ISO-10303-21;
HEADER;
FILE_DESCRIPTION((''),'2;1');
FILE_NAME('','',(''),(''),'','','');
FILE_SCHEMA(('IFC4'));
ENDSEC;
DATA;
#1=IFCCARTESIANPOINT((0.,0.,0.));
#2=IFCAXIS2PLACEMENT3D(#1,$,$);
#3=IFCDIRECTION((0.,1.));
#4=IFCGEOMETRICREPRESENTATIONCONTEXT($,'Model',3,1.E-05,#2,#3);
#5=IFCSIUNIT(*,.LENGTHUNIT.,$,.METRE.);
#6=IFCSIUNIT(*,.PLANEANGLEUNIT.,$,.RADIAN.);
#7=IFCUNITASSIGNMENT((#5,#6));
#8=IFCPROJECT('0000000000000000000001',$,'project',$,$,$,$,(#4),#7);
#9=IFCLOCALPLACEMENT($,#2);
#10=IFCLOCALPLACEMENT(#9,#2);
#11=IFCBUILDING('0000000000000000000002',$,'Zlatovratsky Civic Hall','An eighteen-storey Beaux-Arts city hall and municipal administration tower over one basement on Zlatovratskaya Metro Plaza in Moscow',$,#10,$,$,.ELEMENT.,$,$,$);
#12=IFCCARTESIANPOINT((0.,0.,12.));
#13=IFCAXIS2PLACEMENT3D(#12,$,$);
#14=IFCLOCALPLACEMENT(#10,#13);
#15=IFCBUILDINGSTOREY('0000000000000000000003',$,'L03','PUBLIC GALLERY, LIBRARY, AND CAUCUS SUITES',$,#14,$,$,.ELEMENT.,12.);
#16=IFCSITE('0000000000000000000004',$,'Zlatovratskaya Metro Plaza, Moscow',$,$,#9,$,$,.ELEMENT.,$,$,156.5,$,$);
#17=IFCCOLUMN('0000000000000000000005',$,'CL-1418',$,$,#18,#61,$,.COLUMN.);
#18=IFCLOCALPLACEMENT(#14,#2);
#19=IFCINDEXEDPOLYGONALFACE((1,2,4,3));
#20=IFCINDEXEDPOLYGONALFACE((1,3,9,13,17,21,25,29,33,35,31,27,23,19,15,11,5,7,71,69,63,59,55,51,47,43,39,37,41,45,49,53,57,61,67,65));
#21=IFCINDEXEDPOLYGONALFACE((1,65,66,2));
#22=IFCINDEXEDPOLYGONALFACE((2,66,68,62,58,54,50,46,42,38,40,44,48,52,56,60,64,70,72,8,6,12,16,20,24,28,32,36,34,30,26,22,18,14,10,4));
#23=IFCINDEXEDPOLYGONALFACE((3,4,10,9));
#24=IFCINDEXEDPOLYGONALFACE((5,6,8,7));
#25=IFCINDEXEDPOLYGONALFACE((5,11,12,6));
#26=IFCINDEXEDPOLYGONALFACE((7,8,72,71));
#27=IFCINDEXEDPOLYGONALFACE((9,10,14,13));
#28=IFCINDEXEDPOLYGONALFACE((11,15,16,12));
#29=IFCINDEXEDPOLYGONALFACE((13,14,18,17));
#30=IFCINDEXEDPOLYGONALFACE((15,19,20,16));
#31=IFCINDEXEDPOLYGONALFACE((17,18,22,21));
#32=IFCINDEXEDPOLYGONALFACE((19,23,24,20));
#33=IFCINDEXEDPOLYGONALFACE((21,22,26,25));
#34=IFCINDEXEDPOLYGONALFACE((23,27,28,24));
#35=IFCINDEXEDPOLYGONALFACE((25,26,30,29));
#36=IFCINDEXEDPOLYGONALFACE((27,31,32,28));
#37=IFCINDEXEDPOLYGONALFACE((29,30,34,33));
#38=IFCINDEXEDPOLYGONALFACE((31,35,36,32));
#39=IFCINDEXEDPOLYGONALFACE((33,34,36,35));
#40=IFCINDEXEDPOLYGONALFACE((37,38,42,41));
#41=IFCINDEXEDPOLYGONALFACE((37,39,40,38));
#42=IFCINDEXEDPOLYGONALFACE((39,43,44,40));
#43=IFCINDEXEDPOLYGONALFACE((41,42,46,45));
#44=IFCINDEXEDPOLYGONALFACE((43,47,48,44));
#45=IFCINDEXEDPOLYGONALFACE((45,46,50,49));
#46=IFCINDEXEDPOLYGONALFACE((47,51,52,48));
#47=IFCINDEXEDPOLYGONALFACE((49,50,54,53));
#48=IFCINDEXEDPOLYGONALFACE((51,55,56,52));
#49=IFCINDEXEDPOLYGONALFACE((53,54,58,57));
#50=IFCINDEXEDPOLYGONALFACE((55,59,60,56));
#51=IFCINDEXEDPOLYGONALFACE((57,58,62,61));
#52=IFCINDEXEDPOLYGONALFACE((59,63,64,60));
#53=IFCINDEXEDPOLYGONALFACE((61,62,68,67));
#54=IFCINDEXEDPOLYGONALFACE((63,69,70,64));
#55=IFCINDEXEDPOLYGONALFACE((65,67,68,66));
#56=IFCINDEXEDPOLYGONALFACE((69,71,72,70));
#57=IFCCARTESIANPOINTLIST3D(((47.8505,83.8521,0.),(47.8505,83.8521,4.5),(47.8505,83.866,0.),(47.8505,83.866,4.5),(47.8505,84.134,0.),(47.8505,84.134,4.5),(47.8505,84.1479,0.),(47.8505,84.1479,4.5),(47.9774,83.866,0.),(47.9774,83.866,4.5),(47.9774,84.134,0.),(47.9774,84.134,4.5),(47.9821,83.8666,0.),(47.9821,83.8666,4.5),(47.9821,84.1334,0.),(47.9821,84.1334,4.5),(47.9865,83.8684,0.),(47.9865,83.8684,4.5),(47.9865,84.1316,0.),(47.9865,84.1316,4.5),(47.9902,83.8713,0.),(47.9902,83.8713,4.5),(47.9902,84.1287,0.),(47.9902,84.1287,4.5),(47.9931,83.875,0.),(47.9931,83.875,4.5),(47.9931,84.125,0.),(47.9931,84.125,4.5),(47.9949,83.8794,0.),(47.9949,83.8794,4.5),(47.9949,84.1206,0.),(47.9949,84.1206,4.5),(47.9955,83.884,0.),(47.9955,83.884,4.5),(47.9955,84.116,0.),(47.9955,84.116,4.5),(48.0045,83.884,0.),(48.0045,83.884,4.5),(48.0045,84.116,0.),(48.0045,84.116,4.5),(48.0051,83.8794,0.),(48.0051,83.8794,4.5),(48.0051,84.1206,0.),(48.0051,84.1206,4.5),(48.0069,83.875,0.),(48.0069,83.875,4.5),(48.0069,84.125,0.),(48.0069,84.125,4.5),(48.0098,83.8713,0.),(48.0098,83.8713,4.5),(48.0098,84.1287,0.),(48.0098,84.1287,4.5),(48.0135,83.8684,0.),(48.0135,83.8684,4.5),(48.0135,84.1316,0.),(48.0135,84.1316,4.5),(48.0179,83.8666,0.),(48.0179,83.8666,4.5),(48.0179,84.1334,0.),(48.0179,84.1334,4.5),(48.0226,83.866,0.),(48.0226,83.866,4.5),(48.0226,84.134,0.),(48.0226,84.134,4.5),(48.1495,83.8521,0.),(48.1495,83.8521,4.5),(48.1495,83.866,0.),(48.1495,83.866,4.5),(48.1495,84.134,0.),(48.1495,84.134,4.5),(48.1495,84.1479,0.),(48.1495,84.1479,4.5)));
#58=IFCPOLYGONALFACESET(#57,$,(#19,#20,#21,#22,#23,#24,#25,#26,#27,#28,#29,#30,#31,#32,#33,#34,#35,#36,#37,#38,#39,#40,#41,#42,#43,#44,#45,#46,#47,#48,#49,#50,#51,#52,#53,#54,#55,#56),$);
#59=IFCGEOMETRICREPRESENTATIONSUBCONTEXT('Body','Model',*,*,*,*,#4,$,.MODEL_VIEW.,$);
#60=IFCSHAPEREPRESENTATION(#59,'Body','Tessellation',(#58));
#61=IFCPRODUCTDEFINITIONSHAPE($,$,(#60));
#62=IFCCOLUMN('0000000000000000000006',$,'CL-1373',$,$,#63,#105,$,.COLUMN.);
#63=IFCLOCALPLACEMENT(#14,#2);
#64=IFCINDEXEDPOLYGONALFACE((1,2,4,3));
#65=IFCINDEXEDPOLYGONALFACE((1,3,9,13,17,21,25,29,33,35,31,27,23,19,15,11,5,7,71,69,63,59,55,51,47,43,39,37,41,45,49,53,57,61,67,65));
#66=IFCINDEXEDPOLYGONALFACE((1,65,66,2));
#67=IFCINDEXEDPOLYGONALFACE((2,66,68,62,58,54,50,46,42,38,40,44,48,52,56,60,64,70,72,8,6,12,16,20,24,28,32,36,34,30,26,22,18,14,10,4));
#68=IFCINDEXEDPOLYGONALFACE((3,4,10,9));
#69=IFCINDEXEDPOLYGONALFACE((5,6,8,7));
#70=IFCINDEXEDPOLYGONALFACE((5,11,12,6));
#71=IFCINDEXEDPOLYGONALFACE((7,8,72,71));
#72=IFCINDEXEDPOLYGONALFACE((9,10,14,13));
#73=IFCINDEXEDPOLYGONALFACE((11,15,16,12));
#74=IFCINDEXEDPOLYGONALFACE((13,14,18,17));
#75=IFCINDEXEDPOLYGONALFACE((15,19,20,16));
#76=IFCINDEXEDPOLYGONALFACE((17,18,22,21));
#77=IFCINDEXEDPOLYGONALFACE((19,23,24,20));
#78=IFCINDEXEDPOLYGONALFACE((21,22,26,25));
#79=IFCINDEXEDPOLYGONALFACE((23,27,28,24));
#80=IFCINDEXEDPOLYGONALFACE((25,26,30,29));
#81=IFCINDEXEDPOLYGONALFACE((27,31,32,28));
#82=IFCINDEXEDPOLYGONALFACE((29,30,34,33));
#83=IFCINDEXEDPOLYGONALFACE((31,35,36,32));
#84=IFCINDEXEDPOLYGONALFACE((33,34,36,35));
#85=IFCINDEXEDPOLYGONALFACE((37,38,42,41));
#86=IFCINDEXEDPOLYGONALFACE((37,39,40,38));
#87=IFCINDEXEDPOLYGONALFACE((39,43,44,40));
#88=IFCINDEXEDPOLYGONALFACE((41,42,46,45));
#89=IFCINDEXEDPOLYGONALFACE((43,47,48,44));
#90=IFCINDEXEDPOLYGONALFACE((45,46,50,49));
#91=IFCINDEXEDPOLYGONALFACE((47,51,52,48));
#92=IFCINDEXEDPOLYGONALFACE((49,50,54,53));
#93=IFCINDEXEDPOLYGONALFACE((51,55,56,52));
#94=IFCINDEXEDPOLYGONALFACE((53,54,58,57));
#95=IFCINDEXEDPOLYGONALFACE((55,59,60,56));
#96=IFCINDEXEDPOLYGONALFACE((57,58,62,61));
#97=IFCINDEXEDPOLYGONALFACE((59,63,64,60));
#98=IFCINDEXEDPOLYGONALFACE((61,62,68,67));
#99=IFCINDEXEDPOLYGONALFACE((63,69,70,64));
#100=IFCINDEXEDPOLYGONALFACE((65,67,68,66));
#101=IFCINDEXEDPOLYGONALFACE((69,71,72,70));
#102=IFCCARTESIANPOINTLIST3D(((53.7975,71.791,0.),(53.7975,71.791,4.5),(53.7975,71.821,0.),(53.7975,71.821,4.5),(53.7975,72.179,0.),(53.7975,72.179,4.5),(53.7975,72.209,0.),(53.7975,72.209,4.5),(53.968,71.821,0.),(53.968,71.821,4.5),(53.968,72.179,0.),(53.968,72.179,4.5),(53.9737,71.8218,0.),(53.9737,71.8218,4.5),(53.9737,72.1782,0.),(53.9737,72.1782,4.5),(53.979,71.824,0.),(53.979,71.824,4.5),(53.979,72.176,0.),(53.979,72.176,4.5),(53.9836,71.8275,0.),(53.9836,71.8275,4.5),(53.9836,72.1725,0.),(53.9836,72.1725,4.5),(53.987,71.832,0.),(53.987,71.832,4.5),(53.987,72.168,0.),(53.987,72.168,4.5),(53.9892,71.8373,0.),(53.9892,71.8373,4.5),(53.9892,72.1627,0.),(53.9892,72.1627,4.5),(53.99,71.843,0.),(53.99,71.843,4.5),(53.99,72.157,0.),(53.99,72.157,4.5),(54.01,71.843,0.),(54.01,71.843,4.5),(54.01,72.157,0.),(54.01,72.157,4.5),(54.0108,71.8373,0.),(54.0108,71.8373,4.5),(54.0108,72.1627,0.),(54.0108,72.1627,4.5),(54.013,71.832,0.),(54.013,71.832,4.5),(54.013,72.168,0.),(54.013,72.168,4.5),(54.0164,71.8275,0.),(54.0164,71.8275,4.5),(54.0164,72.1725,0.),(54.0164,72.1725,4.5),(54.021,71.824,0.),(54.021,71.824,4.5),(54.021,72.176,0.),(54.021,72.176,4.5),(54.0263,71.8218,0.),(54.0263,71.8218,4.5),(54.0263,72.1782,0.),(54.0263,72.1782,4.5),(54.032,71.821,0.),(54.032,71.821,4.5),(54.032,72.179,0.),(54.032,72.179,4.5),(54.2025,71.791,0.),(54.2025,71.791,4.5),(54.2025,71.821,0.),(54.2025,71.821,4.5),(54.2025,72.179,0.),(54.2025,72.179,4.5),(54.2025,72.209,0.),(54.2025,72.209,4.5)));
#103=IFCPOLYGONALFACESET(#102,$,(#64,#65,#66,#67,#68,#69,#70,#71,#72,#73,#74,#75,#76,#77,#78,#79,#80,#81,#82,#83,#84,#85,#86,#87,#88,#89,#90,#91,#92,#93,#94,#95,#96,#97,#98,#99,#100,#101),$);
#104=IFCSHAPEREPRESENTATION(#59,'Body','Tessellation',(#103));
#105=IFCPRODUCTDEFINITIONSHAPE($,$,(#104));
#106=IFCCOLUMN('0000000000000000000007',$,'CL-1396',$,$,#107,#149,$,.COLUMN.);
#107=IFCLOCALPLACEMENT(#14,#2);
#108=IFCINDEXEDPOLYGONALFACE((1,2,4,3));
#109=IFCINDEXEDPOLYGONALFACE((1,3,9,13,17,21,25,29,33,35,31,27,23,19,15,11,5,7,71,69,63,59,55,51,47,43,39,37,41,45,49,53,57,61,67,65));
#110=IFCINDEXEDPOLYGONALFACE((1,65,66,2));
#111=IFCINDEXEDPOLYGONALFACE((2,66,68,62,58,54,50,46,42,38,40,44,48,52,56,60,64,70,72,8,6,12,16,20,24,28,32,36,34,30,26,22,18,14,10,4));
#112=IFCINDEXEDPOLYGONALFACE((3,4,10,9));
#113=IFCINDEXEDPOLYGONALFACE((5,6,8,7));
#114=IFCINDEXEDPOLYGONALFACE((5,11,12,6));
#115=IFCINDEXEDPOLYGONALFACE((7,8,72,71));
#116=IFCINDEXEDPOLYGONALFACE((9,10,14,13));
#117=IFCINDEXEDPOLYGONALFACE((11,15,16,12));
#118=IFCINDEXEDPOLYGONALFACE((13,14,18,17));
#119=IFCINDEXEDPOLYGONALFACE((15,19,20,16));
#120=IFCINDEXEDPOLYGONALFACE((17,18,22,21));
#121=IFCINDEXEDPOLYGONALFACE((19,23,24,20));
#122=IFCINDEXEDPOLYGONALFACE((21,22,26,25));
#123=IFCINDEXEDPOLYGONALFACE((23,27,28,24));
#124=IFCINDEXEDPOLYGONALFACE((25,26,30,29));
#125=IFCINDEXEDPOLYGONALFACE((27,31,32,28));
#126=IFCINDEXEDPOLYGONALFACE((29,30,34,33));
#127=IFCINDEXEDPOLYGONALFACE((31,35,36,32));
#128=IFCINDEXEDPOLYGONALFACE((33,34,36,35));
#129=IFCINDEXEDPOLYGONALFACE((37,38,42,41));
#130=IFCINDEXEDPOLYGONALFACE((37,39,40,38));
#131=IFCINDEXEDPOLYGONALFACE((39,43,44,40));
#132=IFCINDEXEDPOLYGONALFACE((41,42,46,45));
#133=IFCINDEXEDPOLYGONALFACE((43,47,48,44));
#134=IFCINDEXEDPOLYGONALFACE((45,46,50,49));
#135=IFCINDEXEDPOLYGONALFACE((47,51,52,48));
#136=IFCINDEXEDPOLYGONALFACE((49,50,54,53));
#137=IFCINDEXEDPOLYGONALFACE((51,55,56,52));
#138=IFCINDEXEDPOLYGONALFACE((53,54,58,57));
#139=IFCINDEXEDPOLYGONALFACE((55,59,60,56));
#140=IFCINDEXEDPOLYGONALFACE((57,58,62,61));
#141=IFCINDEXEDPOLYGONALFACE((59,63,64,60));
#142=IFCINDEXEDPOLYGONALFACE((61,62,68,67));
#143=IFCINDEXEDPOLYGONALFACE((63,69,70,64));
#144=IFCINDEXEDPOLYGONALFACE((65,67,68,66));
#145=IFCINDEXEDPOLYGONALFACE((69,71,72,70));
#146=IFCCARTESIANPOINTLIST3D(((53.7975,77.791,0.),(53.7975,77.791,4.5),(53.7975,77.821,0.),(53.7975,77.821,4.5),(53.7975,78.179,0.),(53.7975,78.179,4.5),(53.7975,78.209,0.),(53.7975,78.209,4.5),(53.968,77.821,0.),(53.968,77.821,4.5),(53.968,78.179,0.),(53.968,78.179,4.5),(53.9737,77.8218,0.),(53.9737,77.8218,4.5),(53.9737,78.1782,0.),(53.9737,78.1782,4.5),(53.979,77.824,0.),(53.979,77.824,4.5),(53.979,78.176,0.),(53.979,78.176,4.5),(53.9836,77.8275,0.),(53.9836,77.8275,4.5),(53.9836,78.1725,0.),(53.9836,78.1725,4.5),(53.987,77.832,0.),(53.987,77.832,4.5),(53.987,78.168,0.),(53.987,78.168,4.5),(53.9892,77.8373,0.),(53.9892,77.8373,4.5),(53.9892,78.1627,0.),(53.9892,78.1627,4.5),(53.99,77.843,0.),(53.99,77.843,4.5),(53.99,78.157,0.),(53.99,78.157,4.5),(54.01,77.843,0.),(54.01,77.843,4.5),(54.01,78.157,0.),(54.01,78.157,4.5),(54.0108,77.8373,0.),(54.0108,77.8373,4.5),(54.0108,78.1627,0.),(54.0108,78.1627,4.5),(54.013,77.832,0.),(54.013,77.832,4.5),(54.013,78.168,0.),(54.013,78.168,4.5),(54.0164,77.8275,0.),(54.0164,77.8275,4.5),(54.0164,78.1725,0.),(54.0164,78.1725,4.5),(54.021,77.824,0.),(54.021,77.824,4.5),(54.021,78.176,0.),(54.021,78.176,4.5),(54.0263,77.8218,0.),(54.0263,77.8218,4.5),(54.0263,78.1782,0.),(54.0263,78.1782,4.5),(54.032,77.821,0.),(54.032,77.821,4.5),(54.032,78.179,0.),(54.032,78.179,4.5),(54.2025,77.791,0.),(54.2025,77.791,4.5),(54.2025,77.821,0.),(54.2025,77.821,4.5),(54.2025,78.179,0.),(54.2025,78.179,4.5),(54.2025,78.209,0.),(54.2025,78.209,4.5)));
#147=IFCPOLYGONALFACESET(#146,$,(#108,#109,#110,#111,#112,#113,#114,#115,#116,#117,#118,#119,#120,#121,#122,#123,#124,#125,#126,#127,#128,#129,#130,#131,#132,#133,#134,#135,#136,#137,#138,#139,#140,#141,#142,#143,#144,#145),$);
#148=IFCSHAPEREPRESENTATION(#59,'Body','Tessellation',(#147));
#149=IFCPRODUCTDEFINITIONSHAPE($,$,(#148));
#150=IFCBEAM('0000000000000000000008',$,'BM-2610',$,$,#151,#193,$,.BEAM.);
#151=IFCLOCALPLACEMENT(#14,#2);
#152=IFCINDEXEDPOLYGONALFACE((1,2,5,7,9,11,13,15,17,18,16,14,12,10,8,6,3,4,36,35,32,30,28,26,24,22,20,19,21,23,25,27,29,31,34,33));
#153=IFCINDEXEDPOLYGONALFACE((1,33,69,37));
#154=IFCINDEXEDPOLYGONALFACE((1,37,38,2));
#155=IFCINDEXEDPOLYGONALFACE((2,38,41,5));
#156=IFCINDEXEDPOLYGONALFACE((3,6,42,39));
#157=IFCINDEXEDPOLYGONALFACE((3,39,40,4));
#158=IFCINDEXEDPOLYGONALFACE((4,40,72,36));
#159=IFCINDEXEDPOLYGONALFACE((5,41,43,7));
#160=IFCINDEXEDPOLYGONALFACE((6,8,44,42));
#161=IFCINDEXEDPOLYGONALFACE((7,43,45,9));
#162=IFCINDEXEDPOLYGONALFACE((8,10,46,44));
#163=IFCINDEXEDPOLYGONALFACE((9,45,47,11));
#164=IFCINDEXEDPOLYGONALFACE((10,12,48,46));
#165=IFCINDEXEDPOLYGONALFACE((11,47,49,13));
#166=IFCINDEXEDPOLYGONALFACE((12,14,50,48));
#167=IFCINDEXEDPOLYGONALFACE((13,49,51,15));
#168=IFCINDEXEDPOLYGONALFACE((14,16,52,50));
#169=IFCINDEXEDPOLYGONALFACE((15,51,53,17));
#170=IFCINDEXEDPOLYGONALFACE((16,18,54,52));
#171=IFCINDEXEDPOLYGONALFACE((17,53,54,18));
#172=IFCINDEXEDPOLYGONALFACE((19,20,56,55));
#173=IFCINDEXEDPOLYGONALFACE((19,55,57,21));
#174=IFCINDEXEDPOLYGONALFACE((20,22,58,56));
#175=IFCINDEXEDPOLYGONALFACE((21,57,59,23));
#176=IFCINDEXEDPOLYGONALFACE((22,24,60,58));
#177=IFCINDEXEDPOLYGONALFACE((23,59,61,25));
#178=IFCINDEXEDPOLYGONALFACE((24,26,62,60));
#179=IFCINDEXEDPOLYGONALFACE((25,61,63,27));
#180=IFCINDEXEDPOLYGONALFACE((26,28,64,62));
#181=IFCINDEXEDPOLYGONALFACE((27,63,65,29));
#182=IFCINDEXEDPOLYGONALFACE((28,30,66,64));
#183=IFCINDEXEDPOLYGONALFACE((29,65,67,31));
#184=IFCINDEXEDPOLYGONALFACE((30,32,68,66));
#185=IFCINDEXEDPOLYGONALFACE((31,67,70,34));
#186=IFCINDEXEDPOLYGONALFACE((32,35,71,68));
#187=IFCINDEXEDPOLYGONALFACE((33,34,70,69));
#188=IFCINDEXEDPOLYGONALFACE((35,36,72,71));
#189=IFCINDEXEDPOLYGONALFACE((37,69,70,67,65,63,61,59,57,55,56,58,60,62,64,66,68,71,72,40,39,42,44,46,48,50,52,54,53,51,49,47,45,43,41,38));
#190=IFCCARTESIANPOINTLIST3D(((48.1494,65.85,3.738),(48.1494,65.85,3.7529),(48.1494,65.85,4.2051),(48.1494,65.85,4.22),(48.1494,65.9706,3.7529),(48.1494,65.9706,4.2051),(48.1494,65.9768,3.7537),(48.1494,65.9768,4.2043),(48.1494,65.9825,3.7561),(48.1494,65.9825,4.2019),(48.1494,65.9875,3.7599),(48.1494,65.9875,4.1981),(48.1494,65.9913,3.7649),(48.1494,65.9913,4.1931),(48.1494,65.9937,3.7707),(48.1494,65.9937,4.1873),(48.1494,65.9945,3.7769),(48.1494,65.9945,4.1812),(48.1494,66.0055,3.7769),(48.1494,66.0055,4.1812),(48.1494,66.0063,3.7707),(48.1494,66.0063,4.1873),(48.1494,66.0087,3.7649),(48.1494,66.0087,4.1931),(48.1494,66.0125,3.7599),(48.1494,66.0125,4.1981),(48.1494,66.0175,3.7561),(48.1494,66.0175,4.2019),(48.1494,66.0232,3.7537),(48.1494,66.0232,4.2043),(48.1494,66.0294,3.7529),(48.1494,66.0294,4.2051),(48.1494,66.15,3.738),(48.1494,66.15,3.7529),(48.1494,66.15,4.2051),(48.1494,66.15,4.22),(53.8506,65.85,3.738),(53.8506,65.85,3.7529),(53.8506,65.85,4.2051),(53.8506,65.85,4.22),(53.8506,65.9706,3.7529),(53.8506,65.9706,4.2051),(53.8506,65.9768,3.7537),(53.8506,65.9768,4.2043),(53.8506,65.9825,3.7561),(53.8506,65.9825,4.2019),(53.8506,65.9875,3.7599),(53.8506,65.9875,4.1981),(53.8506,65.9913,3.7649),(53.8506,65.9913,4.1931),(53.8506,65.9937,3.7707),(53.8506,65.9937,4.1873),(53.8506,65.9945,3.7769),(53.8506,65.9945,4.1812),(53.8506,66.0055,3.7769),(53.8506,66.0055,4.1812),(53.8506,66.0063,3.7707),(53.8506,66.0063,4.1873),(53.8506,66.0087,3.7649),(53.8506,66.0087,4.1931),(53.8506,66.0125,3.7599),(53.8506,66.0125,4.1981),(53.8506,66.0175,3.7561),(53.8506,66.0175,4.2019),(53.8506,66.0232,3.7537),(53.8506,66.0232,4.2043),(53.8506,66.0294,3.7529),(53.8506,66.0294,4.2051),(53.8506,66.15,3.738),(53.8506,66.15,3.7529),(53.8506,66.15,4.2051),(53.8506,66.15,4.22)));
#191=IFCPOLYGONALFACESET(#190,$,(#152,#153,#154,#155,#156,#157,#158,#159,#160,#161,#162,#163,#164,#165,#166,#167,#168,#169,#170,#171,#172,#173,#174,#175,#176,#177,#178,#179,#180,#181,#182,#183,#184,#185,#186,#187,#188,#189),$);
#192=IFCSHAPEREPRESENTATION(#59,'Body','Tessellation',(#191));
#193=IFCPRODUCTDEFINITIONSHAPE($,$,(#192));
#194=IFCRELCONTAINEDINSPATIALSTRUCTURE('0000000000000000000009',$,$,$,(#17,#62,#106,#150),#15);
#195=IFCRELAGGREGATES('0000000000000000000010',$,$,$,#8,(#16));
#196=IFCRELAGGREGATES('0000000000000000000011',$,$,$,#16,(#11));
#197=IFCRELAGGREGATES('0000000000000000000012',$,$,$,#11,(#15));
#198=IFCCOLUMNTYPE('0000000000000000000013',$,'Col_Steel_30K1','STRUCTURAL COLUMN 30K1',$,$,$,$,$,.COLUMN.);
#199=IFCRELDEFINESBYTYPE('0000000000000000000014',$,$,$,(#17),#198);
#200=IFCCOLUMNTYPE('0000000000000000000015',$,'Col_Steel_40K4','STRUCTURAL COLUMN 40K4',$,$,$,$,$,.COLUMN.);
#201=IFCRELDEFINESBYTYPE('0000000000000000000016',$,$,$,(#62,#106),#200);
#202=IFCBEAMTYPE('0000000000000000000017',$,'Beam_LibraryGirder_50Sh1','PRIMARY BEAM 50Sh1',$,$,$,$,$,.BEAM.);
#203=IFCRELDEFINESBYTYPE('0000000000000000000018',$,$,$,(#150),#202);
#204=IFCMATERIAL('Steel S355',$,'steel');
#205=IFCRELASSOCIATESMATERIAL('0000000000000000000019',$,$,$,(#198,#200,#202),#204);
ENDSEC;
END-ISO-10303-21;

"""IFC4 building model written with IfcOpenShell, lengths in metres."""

from ifc_helpers import new_model, si_unit, direction, frame, origin, origin_2d, place, context, subcontext, project, spatial, i_section, extrude, material, material_profile, profile_set, type_object, element, save


model = new_model("IFC4")

# Units and contexts
model_context = context("Model", 3, precision=1e-05, world=origin(), true_north=direction((0.0, 1.0)))
body_context = subcontext(model_context, "Body", "Model", "MODEL_VIEW")
ifc_project = project(units=[si_unit("LENGTHUNIT", "METRE"), si_unit("PLANEANGLEUNIT", "RADIAN")], contexts=[model_context])

# Site, building, storey
site_placement = place(None, origin())
site = spatial("IfcSite", under=ifc_project, at=site_placement, Name="Zlatovratskaya Metro Plaza, Moscow", CompositionType="ELEMENT", RefElevation=156.5)
building_placement = place(site_placement, origin())
building = spatial("IfcBuilding", under=site, at=building_placement, Name="Zlatovratsky Civic Hall", Description="An eighteen-storey Beaux-Arts city hall and municipal administration tower over one basement on Zlatovratskaya Metro Plaza in Moscow", CompositionType="ELEMENT")
storey_placement = place(building_placement, frame((0.0, 0.0, 12.0)))
storey = spatial("IfcBuildingStorey", under=building, at=storey_placement, Name="L03", Description="PUBLIC GALLERY, LIBRARY, AND CAUCUS SUITES", CompositionType="ELEMENT", Elevation=12.0)

# Columns
ifc_material_1 = material(Name="Steel S355", Category="steel")
ifc_material_profile_1 = material_profile(ifc_material_1, i_section(OverallWidth=0.2991, OverallDepth=0.2959, WebThickness=0.009, FlangeThickness=0.0139, FilletRadius=0.0181, at=origin_2d()), Name="30K1")
ifc_profile_set_1 = profile_set([ifc_material_profile_1], Name="Steel S355")
column_type_1 = type_object("IfcColumnType", Name="Col_Steel_30K1", Description="STRUCTURAL COLUMN 30K1", PredefinedType="COLUMN", material=ifc_profile_set_1)
for number, where, z_axis, x_axis, name in (
    (1, (48.0, 84.0, 0.0), (0.0, 0.0, 1.0), (1.0, 0.0, 0.0), "CL-1418"),
):
    element("IfcColumn", number, at=place(storey_placement, frame(where, z_axis=z_axis, x_axis=x_axis)), inside=storey, type_object=column_type_1, Name=name, PredefinedType="COLUMN", context=body_context, shape_type="SweptSolid", body=[
        extrude(i_section(OverallWidth=0.2991, OverallDepth=0.2959, WebThickness=0.009, FlangeThickness=0.0139, FilletRadius=0.0181, at=origin_2d()), origin(), (0.0, 0.0, 1.0), 4.5),
    ])
ifc_material_profile_2 = material_profile(ifc_material_1, i_section(OverallWidth=0.405, OverallDepth=0.418, WebThickness=0.02, FlangeThickness=0.03, FilletRadius=0.022, at=origin_2d()), Name="40K4")
ifc_profile_set_2 = profile_set([ifc_material_profile_2], Name="Steel S355")
column_type_2 = type_object("IfcColumnType", Name="Col_Steel_40K4", Description="STRUCTURAL COLUMN 40K4", PredefinedType="COLUMN", material=ifc_profile_set_2)
for number, where, z_axis, x_axis, name in (
    (2, (54.0, 72.0, 0.0), (0.0, 0.0, 1.0), (1.0, 0.0, 0.0), "CL-1373"),
    (3, (54.0, 78.0, 0.0), (0.0, 0.0, 1.0), (1.0, 0.0, 0.0), "CL-1396"),
):
    element("IfcColumn", number, at=place(storey_placement, frame(where, z_axis=z_axis, x_axis=x_axis)), inside=storey, type_object=column_type_2, Name=name, PredefinedType="COLUMN", context=body_context, shape_type="SweptSolid", body=[
        extrude(i_section(OverallWidth=0.405, OverallDepth=0.418, WebThickness=0.02, FlangeThickness=0.03, FilletRadius=0.022, at=origin_2d()), origin(), (0.0, 0.0, 1.0), 4.5),
    ])

# Beam
ifc_material_profile_3 = material_profile(ifc_material_1, i_section(OverallWidth=0.3, OverallDepth=0.4819, WebThickness=0.011, FlangeThickness=0.0149, FilletRadius=0.0239, at=origin_2d()), Name="50Sh1")
ifc_profile_set_3 = profile_set([ifc_material_profile_3], Name="Steel S355")
beam_type_1 = type_object("IfcBeamType", Name="Beam_LibraryGirder_50Sh1", Description="PRIMARY BEAM 50Sh1", PredefinedType="BEAM", material=ifc_profile_set_3)
beam_1_placement = place(storey_placement, frame((48.1494, 66.0, 3.979), z_axis=(1.0, 0.0, 0.0), x_axis=(0.0, 1.0, 0.0)))
element("IfcBeam", 4, at=beam_1_placement, inside=storey, type_object=beam_type_1, Name="BM-2610", PredefinedType="BEAM", context=body_context, shape_type="SweptSolid", body=[
    extrude(i_section(OverallWidth=0.3, OverallDepth=0.4819, WebThickness=0.011, FlangeThickness=0.0149, FilletRadius=0.0239, at=origin_2d()), origin(), (0.0, 0.0, 1.0), 5.7012),
])

save(model, "model.ifc")
